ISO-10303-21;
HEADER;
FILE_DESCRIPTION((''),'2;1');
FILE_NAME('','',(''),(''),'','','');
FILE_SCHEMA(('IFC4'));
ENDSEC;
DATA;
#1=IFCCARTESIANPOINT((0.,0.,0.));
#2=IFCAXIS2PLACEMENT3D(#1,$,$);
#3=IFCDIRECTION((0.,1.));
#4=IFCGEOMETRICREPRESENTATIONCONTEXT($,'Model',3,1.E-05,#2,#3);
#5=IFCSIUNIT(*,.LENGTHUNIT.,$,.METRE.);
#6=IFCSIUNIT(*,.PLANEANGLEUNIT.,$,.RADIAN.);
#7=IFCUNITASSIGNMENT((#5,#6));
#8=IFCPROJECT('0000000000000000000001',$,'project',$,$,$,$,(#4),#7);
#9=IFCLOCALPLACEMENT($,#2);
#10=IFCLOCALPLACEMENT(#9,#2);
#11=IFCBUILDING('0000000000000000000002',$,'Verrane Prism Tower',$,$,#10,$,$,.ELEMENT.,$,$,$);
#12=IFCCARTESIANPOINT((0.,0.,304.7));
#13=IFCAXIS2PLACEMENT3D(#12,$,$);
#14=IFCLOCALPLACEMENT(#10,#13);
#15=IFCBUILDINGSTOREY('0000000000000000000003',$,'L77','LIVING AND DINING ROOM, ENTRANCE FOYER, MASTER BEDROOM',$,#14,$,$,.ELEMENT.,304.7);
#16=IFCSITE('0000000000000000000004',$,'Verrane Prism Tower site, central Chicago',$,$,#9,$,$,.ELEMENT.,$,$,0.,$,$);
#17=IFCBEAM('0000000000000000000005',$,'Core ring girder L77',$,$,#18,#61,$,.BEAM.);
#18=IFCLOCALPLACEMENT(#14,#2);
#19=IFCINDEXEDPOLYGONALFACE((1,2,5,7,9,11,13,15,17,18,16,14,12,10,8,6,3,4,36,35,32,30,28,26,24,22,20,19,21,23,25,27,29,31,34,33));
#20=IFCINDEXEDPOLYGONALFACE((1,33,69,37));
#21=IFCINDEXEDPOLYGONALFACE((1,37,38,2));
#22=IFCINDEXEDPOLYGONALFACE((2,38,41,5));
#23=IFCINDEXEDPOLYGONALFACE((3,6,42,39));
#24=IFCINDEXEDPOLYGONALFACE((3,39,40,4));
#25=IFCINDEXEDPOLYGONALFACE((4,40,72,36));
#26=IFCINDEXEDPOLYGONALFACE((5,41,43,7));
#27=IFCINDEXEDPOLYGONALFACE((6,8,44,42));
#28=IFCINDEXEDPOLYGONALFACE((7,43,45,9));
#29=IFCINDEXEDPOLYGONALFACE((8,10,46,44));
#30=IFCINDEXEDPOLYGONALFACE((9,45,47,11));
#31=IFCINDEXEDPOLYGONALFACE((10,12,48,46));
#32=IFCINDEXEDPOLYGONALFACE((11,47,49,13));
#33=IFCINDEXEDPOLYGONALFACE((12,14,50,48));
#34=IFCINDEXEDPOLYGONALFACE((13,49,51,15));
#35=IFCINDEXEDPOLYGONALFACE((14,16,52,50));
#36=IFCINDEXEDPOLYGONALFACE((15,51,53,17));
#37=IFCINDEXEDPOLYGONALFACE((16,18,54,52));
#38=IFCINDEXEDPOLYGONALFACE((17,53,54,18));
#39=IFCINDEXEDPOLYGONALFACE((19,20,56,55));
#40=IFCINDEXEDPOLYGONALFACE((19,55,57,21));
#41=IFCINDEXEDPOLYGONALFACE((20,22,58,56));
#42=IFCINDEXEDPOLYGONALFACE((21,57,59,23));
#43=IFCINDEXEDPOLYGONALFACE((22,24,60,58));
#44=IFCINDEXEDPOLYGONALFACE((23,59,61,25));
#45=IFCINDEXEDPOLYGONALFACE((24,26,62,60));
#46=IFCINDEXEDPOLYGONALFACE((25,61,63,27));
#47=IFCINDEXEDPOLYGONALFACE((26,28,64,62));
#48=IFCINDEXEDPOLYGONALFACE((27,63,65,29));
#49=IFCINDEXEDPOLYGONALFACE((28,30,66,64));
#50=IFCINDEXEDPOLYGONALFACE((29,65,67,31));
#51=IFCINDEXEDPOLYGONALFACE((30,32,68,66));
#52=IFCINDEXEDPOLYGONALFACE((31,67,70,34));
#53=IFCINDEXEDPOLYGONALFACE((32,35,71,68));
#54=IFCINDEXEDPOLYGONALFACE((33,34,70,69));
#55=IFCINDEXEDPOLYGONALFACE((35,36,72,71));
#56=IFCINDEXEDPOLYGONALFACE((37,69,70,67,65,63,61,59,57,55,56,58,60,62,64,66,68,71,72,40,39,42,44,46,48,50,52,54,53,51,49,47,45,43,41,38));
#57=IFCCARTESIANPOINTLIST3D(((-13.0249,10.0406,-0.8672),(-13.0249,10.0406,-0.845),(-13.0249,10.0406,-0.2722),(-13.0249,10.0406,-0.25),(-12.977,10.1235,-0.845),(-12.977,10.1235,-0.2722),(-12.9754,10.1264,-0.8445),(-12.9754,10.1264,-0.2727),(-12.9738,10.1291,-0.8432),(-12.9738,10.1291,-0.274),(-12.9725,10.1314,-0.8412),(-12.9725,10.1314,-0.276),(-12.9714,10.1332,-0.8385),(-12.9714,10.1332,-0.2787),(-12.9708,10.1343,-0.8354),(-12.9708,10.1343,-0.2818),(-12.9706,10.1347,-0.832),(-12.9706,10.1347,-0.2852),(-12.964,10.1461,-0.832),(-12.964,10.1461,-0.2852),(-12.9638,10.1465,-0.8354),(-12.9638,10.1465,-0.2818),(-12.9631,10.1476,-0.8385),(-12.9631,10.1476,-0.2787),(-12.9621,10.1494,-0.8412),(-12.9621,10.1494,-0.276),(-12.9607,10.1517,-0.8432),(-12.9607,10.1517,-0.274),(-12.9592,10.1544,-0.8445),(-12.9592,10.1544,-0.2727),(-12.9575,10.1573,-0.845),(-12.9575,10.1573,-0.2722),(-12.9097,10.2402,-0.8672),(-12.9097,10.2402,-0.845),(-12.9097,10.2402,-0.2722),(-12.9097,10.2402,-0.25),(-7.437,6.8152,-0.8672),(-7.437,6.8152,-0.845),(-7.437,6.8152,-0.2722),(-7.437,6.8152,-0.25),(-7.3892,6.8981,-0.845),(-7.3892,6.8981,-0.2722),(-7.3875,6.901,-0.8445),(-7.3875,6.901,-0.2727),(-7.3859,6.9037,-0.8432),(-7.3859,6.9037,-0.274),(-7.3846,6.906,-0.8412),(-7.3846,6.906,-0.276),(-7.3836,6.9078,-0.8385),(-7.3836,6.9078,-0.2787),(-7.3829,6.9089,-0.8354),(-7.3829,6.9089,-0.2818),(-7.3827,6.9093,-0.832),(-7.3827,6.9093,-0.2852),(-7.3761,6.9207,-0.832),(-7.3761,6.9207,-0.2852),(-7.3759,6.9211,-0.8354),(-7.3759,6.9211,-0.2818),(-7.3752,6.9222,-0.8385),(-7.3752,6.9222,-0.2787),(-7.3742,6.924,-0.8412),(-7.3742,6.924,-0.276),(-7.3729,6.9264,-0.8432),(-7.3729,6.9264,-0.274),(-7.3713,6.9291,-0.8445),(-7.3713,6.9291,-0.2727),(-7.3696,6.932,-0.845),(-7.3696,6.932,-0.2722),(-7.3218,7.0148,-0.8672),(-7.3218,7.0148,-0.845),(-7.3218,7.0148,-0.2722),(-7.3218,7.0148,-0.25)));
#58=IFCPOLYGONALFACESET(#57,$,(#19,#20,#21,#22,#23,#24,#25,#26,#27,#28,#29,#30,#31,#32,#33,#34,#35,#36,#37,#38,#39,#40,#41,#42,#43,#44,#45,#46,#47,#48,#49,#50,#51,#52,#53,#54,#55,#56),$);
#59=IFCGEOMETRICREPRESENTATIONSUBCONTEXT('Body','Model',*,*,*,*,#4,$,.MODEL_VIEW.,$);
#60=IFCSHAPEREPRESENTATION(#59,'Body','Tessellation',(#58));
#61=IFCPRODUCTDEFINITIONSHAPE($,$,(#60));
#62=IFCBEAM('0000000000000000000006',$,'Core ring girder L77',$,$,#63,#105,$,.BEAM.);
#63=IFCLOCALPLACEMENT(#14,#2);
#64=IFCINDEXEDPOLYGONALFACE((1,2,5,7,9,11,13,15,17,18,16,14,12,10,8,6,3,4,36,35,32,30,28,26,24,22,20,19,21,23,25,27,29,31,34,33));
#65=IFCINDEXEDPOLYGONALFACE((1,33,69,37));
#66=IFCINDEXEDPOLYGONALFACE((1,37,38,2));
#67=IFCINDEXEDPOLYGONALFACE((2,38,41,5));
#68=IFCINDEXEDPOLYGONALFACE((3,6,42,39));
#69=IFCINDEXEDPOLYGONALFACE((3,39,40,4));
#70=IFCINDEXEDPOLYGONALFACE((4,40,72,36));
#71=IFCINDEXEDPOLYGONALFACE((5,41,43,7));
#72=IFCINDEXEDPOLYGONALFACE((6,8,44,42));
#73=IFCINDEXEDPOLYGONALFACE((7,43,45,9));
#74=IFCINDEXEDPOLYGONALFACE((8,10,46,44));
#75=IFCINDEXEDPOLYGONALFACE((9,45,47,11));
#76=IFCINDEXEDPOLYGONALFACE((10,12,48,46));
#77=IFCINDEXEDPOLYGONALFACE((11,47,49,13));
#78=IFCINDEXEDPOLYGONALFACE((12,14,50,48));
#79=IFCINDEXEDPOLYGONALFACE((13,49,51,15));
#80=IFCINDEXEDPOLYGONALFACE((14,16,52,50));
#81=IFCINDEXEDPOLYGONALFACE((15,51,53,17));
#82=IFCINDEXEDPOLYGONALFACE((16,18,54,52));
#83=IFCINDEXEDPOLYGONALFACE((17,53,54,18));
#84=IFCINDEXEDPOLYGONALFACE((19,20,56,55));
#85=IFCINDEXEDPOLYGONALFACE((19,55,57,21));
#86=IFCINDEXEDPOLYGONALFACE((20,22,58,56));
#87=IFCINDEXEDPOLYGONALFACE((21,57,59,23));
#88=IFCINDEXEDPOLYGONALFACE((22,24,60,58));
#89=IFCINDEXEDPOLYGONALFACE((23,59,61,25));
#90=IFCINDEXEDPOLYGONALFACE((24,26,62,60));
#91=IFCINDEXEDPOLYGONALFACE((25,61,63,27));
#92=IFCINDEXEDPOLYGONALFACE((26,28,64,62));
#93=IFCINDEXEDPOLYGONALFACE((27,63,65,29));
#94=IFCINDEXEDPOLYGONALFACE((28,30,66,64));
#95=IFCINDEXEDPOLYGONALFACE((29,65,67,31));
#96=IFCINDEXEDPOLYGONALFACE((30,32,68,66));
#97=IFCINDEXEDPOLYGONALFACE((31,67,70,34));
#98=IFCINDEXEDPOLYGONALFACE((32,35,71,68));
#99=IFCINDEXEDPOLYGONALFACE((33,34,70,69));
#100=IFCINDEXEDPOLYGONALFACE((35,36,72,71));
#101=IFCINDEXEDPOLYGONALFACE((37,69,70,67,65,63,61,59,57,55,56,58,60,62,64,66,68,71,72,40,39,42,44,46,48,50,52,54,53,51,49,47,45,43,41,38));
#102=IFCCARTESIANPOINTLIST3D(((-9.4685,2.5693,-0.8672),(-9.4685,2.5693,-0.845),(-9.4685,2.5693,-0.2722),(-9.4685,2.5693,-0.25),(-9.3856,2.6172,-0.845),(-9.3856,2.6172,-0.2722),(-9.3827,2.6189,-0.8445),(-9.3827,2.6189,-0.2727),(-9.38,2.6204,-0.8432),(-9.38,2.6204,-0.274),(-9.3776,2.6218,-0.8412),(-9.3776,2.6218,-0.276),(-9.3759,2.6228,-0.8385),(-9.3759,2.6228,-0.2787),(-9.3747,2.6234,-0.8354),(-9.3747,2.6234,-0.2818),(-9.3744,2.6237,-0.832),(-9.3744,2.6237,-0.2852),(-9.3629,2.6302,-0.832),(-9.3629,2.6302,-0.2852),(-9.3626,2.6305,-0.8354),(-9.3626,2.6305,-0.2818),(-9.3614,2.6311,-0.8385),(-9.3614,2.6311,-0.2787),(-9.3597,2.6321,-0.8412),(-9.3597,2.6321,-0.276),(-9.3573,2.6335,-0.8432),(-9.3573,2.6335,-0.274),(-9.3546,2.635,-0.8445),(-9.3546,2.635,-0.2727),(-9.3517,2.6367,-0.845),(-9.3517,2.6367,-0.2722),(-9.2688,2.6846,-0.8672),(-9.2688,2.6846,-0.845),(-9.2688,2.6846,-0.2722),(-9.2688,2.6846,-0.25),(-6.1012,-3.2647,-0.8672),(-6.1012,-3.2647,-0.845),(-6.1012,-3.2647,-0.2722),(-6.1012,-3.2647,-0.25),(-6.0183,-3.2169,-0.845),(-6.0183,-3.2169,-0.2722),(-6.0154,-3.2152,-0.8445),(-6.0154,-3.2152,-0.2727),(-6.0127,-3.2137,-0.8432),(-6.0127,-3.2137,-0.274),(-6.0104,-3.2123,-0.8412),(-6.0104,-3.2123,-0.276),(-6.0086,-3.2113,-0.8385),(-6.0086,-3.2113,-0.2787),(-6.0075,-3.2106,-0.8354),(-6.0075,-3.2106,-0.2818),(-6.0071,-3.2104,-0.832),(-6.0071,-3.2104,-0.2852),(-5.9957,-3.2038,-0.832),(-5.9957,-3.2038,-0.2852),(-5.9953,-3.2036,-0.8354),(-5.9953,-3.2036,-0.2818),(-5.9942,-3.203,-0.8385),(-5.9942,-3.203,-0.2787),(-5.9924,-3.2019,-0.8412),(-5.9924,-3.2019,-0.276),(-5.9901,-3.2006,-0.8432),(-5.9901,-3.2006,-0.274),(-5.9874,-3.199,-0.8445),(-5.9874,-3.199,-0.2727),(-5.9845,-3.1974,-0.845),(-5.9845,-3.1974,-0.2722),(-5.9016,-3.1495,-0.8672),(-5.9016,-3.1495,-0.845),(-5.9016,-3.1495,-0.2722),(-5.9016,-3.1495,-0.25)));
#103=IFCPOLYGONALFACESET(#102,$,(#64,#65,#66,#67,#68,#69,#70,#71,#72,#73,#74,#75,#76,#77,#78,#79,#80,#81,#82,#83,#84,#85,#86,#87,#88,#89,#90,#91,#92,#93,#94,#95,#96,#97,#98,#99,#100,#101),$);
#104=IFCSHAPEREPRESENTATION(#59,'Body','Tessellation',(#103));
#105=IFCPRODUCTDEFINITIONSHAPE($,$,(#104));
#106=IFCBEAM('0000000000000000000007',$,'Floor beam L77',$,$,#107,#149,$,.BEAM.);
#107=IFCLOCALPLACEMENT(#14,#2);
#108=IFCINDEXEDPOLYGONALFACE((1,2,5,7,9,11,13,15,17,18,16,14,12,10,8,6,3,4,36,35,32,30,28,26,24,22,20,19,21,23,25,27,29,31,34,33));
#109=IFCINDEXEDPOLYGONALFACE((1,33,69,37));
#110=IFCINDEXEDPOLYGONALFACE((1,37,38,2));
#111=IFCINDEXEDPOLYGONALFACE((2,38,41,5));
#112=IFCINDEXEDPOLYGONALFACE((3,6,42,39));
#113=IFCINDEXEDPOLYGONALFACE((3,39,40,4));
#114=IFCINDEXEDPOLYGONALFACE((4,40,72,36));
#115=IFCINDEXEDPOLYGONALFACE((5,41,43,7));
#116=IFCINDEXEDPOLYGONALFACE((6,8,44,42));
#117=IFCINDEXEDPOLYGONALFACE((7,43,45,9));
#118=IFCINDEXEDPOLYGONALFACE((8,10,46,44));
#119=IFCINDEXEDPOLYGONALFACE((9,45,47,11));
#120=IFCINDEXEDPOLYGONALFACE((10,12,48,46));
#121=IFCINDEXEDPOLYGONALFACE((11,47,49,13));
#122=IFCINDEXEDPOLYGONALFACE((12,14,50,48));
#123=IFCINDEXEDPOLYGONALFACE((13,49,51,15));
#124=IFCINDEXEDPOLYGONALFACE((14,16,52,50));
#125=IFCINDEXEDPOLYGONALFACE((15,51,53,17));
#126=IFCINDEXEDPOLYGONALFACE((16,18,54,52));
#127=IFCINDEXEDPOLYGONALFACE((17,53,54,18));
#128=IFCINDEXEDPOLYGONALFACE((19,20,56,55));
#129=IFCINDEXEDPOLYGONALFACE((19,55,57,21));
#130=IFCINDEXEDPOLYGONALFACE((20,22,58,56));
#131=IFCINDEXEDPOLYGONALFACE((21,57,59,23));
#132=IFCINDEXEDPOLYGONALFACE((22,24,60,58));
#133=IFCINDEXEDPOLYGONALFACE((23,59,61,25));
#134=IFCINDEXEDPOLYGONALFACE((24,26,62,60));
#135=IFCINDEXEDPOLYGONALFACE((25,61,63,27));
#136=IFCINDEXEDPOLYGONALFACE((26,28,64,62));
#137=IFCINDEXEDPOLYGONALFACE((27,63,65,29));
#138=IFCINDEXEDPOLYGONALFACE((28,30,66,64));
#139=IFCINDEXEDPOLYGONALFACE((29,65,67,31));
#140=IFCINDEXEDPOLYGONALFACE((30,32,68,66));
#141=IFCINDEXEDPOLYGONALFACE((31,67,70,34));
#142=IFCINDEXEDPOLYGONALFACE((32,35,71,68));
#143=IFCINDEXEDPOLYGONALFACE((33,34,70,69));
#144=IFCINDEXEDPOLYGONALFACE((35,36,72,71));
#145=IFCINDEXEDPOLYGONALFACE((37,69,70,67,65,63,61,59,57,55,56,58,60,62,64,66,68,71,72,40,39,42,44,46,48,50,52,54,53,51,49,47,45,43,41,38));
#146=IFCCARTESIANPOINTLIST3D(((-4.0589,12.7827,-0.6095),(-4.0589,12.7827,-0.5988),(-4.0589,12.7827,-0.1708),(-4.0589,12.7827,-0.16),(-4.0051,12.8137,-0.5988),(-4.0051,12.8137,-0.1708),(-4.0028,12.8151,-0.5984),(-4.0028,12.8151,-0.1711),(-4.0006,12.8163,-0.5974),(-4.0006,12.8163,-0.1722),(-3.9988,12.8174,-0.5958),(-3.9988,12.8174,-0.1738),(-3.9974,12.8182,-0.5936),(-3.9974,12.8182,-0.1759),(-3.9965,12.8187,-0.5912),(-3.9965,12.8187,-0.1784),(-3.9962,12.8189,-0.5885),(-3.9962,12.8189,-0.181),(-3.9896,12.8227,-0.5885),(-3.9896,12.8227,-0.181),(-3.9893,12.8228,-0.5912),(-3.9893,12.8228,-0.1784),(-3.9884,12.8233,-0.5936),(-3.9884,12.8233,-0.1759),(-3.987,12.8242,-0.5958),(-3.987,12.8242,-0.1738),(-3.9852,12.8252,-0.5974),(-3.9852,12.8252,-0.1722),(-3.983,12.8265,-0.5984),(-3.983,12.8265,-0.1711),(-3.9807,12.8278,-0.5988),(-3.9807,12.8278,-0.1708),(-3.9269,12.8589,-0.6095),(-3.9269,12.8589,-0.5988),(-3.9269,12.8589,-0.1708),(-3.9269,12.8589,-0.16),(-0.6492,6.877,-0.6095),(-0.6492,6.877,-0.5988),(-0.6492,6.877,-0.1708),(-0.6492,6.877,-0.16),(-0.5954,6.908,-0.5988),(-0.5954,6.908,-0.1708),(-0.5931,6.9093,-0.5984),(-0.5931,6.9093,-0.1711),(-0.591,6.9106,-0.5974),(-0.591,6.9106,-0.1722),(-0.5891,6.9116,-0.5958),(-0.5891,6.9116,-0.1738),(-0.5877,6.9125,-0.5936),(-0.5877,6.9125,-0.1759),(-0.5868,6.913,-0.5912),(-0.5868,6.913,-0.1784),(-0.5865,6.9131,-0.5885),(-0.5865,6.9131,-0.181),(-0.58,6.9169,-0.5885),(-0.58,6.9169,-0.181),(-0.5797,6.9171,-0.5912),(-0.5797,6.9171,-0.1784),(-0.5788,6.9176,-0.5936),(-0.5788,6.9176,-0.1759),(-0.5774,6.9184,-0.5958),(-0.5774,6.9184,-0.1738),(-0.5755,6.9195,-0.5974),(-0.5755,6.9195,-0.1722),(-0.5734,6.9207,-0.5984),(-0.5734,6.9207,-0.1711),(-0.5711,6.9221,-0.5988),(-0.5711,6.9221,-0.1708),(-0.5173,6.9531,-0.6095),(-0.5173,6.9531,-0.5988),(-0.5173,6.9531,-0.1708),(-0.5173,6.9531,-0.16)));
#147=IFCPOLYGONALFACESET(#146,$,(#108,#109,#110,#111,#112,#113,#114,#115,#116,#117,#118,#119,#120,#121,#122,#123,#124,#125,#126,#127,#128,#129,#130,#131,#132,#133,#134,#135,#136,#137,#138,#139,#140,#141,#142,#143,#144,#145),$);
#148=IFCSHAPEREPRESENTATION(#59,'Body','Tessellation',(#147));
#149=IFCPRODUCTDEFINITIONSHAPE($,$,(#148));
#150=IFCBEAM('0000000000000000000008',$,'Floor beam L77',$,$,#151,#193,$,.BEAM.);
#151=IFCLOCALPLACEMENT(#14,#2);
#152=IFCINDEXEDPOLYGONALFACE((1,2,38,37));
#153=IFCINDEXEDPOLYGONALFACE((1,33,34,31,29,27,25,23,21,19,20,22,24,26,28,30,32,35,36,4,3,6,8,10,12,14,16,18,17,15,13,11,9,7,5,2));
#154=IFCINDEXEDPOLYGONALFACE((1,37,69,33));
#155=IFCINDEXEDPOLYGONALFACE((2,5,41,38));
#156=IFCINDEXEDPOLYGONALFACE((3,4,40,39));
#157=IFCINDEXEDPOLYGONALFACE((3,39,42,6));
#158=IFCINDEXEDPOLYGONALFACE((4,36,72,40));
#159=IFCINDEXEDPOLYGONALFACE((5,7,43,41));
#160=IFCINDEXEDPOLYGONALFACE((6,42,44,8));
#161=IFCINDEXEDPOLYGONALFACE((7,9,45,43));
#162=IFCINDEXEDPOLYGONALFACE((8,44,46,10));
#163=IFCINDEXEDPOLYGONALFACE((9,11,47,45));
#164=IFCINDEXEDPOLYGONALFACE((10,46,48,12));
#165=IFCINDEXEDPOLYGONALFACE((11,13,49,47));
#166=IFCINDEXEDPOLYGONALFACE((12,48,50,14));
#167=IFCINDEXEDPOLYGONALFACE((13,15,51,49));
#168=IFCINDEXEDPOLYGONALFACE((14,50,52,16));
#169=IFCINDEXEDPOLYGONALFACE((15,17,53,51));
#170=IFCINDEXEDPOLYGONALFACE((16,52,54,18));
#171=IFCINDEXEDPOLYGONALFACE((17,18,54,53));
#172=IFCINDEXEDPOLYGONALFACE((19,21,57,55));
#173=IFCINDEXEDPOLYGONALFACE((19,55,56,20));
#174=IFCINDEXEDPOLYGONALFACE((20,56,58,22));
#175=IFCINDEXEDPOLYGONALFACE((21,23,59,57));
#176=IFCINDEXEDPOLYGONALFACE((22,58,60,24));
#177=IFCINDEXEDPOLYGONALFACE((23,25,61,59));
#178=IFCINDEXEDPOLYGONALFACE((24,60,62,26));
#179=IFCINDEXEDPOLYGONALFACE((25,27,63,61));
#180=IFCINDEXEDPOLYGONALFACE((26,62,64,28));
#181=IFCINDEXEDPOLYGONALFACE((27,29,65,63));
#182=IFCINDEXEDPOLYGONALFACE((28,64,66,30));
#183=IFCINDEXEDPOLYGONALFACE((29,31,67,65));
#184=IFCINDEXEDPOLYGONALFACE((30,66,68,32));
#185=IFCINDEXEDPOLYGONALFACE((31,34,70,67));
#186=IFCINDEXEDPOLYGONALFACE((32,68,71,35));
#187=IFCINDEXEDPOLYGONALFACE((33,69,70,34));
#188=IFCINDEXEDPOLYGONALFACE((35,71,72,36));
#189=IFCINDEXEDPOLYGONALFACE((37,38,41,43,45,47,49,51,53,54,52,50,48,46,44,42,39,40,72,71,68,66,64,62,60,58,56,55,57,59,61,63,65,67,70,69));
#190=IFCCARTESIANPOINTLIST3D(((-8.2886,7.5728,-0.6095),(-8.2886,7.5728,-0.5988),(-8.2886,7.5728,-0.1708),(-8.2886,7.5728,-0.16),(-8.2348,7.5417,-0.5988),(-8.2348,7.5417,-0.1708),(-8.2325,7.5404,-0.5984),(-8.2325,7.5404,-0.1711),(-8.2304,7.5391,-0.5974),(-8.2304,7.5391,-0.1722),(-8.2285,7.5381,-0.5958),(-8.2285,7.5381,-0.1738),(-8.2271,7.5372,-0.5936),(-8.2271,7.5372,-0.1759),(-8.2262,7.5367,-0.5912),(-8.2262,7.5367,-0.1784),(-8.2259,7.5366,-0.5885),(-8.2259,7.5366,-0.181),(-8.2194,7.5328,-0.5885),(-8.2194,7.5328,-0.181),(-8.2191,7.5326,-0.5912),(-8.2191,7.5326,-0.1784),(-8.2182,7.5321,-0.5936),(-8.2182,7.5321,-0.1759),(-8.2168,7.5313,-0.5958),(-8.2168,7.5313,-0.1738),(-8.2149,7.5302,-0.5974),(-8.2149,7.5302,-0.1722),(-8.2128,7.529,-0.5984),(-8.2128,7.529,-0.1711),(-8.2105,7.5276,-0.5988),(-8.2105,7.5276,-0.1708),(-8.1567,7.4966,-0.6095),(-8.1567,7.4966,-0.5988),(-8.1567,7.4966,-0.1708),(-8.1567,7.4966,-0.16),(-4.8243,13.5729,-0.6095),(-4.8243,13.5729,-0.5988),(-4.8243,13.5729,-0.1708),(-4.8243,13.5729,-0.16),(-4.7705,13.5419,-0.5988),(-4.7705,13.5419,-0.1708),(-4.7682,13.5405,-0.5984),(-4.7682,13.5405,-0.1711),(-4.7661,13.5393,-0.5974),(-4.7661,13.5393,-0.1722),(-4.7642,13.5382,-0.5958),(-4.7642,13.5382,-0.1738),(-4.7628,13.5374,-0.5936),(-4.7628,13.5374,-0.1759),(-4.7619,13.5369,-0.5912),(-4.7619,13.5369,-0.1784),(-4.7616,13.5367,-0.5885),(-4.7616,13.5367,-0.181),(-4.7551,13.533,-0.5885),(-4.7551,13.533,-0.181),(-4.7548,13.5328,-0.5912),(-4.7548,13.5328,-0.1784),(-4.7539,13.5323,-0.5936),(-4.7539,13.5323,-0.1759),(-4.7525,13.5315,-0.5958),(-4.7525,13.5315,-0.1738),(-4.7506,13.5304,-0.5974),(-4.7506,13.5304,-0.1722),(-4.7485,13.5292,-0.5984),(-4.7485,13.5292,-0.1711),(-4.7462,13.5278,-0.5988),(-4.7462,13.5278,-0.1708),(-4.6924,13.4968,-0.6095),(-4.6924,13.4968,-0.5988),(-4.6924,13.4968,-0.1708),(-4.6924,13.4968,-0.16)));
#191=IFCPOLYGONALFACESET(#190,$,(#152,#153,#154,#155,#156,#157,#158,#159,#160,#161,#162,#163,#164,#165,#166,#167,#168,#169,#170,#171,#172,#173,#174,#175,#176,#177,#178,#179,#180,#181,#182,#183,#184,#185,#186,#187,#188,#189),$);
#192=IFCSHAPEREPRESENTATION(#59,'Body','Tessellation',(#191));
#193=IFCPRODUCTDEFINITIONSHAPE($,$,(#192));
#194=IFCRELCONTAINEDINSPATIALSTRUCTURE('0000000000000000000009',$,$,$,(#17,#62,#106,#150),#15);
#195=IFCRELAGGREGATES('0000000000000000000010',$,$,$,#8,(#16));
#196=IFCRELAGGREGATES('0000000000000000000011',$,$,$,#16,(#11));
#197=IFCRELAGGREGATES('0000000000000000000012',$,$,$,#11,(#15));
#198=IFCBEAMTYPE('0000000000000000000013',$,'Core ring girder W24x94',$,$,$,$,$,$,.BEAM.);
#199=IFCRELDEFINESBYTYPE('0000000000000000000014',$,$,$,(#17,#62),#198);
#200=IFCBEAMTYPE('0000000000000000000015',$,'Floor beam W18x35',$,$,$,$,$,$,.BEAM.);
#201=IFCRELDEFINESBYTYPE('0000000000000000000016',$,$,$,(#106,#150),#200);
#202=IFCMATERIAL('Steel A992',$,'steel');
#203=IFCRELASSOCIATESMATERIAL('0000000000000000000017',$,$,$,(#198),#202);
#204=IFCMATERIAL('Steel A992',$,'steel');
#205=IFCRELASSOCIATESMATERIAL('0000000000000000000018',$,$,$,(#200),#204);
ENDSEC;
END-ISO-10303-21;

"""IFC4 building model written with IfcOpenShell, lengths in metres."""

from ifc_helpers import new_model, si_unit, direction, frame, origin, origin_2d, place, context, subcontext, project, spatial, i_section, extrude, material, material_profile, profile_set, type_object, element, save


model = new_model("IFC4")

# Units and contexts
model_context = context("Model", 3, precision=1e-05, world=origin(), true_north=direction((0.0, 1.0)))
body_context = subcontext(model_context, "Body", "Model", "MODEL_VIEW")
ifc_project = project(units=[si_unit("LENGTHUNIT", "METRE"), si_unit("PLANEANGLEUNIT", "RADIAN")], contexts=[model_context])

# Site, building, storey
site_placement = place(None, origin())
site = spatial("IfcSite", under=ifc_project, at=site_placement, Name="Verrane Prism Tower site, central Chicago", CompositionType="ELEMENT", RefElevation=0.0)
building_placement = place(site_placement, origin())
building = spatial("IfcBuilding", under=site, at=building_placement, Name="Verrane Prism Tower", CompositionType="ELEMENT")
storey_placement = place(building_placement, frame((0.0, 0.0, 304.7)))
storey = spatial("IfcBuildingStorey", under=building, at=storey_placement, Name="L77", Description="LIVING AND DINING ROOM, ENTRANCE FOYER, MASTER BEDROOM", CompositionType="ELEMENT", Elevation=304.7)

# Beams
ifc_material_1 = material(Name="Steel A992", Category="steel")
ifc_material_profile_1 = material_profile(ifc_material_1, i_section(OverallWidth=0.2305, OverallDepth=0.6172, WebThickness=0.0132, FlangeThickness=0.0222, FilletRadius=0.0129, at=origin_2d()), Name="W24x94")
ifc_profile_set_1 = profile_set([ifc_material_profile_1], Name="Steel A992")
beam_type_1 = type_object("IfcBeamType", Name="Core ring girder W24x94", PredefinedType="BEAM", material=ifc_profile_set_1)
beam_1_placement = place(storey_placement, frame((-7.3794, 6.915, -0.5586), z_axis=(-0.866081, 0.499904, 0.0), x_axis=(-0.499904, -0.866081, 0.0)))
element("IfcBeam", 1, at=beam_1_placement, inside=storey, type_object=beam_type_1, Name="Core ring girder L77", PredefinedType="BEAM", context=body_context, shape_type="SweptSolid", body=[
    extrude(i_section(OverallWidth=0.2305, OverallDepth=0.6172, WebThickness=0.0132, FlangeThickness=0.0222, FilletRadius=0.0129, at=origin_2d()), origin(), (0.0, 0.0, 1.0), 6.4519),
])
beam_2_placement = place(storey_placement, frame((-9.3687, 2.627, -0.5586), z_axis=(0.499881, -0.866094, 0.0), x_axis=(0.866094, 0.499881, 0.0)))
element("IfcBeam", 2, at=beam_2_placement, inside=storey, type_object=beam_type_1, Name="Core ring girder L77", PredefinedType="BEAM", context=body_context, shape_type="SweptSolid", body=[
    extrude(i_section(OverallWidth=0.2305, OverallDepth=0.6172, WebThickness=0.0132, FlangeThickness=0.0222, FilletRadius=0.0129, at=origin_2d()), origin(), (0.0, 0.0, 1.0), 6.7361),
])
ifc_material_2 = material(Name="Steel A992", Category="steel")
ifc_material_profile_2 = material_profile(ifc_material_2, i_section(OverallWidth=0.1523, OverallDepth=0.4495, WebThickness=0.0076, FlangeThickness=0.0107, FilletRadius=0.0103, at=origin_2d()), Name="W18x35")
ifc_profile_set_2 = profile_set([ifc_material_profile_2], Name="Steel A992")
beam_type_2 = type_object("IfcBeamType", Name="Floor beam W18x35", PredefinedType="BEAM", material=ifc_profile_set_2)
beam_3_placement = place(storey_placement, frame((-0.5833, 6.915, -0.3848), z_axis=(-0.499997, 0.866027, 0.0), x_axis=(-0.866027, -0.499997, 0.0)))
element("IfcBeam", 3, at=beam_3_placement, inside=storey, type_object=beam_type_2, Name="Floor beam L77", PredefinedType="BEAM", context=body_context, shape_type="SweptSolid", body=[
    extrude(i_section(OverallWidth=0.1523, OverallDepth=0.4495, WebThickness=0.0076, FlangeThickness=0.0107, FilletRadius=0.0103, at=origin_2d()), origin(), (0.0, 0.0, 1.0), 6.8193),
])
beam_4_placement = place(storey_placement, frame((-8.2227, 7.5347, -0.3848), z_axis=(0.500012, 0.866018, 0.0), x_axis=(-0.866018, 0.500012, 0.0)))
element("IfcBeam", 4, at=beam_4_placement, inside=storey, type_object=beam_type_2, Name="Floor beam L77", PredefinedType="BEAM", context=body_context, shape_type="SweptSolid", body=[
    extrude(i_section(OverallWidth=0.1523, OverallDepth=0.4495, WebThickness=0.0076, FlangeThickness=0.0107, FilletRadius=0.0103, at=origin_2d()), origin(), (0.0, 0.0, 1.0), 6.9285),
])

save(model, "model.ifc")
